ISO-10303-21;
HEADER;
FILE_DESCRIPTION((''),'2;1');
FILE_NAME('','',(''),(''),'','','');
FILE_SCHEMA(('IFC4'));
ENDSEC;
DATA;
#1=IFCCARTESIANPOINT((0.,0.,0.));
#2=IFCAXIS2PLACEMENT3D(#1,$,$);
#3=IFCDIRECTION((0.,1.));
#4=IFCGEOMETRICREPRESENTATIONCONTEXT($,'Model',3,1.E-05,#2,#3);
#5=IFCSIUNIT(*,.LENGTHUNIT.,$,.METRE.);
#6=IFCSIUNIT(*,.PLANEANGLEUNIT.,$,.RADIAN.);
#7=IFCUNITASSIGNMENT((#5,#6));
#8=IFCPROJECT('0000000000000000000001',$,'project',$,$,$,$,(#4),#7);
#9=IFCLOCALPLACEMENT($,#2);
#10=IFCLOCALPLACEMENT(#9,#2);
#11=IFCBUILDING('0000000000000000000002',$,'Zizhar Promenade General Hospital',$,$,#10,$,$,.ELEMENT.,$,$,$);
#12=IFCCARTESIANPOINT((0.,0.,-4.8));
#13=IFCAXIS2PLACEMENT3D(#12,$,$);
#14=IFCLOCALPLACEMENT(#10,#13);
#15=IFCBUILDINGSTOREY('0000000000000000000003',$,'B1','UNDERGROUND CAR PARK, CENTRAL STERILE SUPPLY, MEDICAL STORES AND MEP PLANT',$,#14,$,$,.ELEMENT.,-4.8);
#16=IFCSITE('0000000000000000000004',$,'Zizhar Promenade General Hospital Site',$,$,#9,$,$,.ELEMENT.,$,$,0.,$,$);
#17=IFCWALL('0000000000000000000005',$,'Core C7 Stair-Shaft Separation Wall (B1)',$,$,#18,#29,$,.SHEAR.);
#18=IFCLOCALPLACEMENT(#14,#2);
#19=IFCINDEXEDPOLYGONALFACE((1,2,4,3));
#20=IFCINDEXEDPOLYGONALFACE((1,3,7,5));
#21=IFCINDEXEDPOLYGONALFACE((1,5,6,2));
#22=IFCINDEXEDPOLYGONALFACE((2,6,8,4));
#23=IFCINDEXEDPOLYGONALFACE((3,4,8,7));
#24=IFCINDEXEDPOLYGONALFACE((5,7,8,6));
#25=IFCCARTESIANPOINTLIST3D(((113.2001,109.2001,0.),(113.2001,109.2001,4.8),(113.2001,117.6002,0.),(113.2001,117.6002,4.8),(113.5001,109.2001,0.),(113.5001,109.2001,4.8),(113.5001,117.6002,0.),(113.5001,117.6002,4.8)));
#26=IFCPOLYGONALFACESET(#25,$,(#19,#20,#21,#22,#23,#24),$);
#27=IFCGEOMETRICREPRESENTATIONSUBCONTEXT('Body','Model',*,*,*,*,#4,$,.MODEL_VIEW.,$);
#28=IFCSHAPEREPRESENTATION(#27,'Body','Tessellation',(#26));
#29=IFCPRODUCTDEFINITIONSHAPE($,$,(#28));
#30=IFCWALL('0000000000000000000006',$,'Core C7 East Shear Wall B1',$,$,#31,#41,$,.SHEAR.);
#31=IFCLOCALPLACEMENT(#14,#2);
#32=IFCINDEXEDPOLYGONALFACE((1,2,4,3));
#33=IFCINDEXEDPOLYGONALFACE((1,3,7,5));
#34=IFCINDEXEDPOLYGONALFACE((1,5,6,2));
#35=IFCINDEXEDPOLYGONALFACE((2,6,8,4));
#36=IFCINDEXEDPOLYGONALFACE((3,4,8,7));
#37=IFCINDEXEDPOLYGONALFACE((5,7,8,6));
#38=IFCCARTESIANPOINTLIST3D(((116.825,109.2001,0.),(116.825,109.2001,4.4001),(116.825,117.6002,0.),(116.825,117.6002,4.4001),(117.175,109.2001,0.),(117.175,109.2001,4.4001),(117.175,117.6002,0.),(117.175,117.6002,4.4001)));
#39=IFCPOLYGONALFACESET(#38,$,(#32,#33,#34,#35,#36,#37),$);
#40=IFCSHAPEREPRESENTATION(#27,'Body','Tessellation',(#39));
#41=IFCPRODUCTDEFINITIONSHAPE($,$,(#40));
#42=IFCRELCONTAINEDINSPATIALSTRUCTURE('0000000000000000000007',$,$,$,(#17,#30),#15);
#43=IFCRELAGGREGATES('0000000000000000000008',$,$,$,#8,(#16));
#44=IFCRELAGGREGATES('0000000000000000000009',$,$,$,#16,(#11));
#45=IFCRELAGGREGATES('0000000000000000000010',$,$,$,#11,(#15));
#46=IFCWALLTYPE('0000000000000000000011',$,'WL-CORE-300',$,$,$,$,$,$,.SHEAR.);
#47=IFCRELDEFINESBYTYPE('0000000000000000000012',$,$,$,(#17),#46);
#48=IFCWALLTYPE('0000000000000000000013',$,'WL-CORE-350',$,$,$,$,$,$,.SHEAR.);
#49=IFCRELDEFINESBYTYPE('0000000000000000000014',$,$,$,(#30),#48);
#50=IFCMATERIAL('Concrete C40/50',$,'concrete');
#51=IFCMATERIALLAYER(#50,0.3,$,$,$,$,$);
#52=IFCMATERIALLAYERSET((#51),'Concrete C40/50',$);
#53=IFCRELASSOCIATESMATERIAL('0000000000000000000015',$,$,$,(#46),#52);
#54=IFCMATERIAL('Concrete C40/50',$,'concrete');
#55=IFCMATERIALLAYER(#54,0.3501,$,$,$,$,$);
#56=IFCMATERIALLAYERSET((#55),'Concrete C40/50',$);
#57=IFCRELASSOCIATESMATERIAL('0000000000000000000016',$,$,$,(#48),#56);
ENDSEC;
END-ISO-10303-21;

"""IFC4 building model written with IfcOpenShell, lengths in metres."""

from ifc_helpers import new_model, si_unit, direction, frame, frame_2d, origin, place, context, subcontext, project, spatial, rectangle, extrude, material, layer, layer_set, type_object, element, save


model = new_model("IFC4")

# Units and contexts
model_context = context("Model", 3, precision=1e-05, world=origin(), true_north=direction((0.0, 1.0)))
body_context = subcontext(model_context, "Body", "Model", "MODEL_VIEW")
ifc_project = project(units=[si_unit("LENGTHUNIT", "METRE"), si_unit("PLANEANGLEUNIT", "RADIAN")], contexts=[model_context])

# Site, building, storey
site_placement = place(None, origin())
site = spatial("IfcSite", under=ifc_project, at=site_placement, Name="Zizhar Promenade General Hospital Site", CompositionType="ELEMENT", RefElevation=0.0)
building_placement = place(site_placement, origin())
building = spatial("IfcBuilding", under=site, at=building_placement, Name="Zizhar Promenade General Hospital", CompositionType="ELEMENT")
storey_placement = place(building_placement, frame((0.0, 0.0, -4.8)))
storey = spatial("IfcBuildingStorey", under=building, at=storey_placement, Name="B1", Description="UNDERGROUND CAR PARK, CENTRAL STERILE SUPPLY, MEDICAL STORES AND MEP PLANT", CompositionType="ELEMENT", Elevation=-4.8)

# Walls
ifc_material_1 = material(Name="Concrete C40/50", Category="concrete")
ifc_layer_1 = layer(ifc_material_1, 0.3)
ifc_layer_set_1 = layer_set([ifc_layer_1], Name="Concrete C40/50")
wall_type_1 = type_object("IfcWallType", Name="WL-CORE-300", PredefinedType="SHEAR", material=ifc_layer_set_1)
wall_1_placement = place(storey_placement, frame((113.3501, 109.2, 0.0), z_axis=(0.0, 0.0, 1.0), x_axis=(0.0, 1.0, 0.0)))
element("IfcWall", 1, at=wall_1_placement, inside=storey, type_object=wall_type_1, Name="Core C7 Stair-Shaft Separation Wall (B1)", PredefinedType="SHEAR", context=body_context, shape_type="SweptSolid", body=[
    extrude(rectangle(XDim=8.4001, YDim=0.3, at=frame_2d((4.2002, 0.0))), origin(), (0.0, 0.0, 1.0), 4.8),
])
ifc_material_2 = material(Name="Concrete C40/50", Category="concrete")
ifc_layer_2 = layer(ifc_material_2, 0.3501)
ifc_layer_set_2 = layer_set([ifc_layer_2], Name="Concrete C40/50")
wall_type_2 = type_object("IfcWallType", Name="WL-CORE-350", PredefinedType="SHEAR", material=ifc_layer_set_2)
wall_2_placement = place(storey_placement, frame((117.0, 109.2, 0.0), z_axis=(0.0, 0.0, 1.0), x_axis=(0.0, 1.0, 0.0)))
element("IfcWall", 2, at=wall_2_placement, inside=storey, type_object=wall_type_2, Name="Core C7 East Shear Wall B1", PredefinedType="SHEAR", context=body_context, shape_type="SweptSolid", body=[
    extrude(rectangle(XDim=8.4001, YDim=0.3501, at=frame_2d((4.2002, 0.0))), origin(), (0.0, 0.0, 1.0), 4.4001),
])

save(model, "model.ifc")
